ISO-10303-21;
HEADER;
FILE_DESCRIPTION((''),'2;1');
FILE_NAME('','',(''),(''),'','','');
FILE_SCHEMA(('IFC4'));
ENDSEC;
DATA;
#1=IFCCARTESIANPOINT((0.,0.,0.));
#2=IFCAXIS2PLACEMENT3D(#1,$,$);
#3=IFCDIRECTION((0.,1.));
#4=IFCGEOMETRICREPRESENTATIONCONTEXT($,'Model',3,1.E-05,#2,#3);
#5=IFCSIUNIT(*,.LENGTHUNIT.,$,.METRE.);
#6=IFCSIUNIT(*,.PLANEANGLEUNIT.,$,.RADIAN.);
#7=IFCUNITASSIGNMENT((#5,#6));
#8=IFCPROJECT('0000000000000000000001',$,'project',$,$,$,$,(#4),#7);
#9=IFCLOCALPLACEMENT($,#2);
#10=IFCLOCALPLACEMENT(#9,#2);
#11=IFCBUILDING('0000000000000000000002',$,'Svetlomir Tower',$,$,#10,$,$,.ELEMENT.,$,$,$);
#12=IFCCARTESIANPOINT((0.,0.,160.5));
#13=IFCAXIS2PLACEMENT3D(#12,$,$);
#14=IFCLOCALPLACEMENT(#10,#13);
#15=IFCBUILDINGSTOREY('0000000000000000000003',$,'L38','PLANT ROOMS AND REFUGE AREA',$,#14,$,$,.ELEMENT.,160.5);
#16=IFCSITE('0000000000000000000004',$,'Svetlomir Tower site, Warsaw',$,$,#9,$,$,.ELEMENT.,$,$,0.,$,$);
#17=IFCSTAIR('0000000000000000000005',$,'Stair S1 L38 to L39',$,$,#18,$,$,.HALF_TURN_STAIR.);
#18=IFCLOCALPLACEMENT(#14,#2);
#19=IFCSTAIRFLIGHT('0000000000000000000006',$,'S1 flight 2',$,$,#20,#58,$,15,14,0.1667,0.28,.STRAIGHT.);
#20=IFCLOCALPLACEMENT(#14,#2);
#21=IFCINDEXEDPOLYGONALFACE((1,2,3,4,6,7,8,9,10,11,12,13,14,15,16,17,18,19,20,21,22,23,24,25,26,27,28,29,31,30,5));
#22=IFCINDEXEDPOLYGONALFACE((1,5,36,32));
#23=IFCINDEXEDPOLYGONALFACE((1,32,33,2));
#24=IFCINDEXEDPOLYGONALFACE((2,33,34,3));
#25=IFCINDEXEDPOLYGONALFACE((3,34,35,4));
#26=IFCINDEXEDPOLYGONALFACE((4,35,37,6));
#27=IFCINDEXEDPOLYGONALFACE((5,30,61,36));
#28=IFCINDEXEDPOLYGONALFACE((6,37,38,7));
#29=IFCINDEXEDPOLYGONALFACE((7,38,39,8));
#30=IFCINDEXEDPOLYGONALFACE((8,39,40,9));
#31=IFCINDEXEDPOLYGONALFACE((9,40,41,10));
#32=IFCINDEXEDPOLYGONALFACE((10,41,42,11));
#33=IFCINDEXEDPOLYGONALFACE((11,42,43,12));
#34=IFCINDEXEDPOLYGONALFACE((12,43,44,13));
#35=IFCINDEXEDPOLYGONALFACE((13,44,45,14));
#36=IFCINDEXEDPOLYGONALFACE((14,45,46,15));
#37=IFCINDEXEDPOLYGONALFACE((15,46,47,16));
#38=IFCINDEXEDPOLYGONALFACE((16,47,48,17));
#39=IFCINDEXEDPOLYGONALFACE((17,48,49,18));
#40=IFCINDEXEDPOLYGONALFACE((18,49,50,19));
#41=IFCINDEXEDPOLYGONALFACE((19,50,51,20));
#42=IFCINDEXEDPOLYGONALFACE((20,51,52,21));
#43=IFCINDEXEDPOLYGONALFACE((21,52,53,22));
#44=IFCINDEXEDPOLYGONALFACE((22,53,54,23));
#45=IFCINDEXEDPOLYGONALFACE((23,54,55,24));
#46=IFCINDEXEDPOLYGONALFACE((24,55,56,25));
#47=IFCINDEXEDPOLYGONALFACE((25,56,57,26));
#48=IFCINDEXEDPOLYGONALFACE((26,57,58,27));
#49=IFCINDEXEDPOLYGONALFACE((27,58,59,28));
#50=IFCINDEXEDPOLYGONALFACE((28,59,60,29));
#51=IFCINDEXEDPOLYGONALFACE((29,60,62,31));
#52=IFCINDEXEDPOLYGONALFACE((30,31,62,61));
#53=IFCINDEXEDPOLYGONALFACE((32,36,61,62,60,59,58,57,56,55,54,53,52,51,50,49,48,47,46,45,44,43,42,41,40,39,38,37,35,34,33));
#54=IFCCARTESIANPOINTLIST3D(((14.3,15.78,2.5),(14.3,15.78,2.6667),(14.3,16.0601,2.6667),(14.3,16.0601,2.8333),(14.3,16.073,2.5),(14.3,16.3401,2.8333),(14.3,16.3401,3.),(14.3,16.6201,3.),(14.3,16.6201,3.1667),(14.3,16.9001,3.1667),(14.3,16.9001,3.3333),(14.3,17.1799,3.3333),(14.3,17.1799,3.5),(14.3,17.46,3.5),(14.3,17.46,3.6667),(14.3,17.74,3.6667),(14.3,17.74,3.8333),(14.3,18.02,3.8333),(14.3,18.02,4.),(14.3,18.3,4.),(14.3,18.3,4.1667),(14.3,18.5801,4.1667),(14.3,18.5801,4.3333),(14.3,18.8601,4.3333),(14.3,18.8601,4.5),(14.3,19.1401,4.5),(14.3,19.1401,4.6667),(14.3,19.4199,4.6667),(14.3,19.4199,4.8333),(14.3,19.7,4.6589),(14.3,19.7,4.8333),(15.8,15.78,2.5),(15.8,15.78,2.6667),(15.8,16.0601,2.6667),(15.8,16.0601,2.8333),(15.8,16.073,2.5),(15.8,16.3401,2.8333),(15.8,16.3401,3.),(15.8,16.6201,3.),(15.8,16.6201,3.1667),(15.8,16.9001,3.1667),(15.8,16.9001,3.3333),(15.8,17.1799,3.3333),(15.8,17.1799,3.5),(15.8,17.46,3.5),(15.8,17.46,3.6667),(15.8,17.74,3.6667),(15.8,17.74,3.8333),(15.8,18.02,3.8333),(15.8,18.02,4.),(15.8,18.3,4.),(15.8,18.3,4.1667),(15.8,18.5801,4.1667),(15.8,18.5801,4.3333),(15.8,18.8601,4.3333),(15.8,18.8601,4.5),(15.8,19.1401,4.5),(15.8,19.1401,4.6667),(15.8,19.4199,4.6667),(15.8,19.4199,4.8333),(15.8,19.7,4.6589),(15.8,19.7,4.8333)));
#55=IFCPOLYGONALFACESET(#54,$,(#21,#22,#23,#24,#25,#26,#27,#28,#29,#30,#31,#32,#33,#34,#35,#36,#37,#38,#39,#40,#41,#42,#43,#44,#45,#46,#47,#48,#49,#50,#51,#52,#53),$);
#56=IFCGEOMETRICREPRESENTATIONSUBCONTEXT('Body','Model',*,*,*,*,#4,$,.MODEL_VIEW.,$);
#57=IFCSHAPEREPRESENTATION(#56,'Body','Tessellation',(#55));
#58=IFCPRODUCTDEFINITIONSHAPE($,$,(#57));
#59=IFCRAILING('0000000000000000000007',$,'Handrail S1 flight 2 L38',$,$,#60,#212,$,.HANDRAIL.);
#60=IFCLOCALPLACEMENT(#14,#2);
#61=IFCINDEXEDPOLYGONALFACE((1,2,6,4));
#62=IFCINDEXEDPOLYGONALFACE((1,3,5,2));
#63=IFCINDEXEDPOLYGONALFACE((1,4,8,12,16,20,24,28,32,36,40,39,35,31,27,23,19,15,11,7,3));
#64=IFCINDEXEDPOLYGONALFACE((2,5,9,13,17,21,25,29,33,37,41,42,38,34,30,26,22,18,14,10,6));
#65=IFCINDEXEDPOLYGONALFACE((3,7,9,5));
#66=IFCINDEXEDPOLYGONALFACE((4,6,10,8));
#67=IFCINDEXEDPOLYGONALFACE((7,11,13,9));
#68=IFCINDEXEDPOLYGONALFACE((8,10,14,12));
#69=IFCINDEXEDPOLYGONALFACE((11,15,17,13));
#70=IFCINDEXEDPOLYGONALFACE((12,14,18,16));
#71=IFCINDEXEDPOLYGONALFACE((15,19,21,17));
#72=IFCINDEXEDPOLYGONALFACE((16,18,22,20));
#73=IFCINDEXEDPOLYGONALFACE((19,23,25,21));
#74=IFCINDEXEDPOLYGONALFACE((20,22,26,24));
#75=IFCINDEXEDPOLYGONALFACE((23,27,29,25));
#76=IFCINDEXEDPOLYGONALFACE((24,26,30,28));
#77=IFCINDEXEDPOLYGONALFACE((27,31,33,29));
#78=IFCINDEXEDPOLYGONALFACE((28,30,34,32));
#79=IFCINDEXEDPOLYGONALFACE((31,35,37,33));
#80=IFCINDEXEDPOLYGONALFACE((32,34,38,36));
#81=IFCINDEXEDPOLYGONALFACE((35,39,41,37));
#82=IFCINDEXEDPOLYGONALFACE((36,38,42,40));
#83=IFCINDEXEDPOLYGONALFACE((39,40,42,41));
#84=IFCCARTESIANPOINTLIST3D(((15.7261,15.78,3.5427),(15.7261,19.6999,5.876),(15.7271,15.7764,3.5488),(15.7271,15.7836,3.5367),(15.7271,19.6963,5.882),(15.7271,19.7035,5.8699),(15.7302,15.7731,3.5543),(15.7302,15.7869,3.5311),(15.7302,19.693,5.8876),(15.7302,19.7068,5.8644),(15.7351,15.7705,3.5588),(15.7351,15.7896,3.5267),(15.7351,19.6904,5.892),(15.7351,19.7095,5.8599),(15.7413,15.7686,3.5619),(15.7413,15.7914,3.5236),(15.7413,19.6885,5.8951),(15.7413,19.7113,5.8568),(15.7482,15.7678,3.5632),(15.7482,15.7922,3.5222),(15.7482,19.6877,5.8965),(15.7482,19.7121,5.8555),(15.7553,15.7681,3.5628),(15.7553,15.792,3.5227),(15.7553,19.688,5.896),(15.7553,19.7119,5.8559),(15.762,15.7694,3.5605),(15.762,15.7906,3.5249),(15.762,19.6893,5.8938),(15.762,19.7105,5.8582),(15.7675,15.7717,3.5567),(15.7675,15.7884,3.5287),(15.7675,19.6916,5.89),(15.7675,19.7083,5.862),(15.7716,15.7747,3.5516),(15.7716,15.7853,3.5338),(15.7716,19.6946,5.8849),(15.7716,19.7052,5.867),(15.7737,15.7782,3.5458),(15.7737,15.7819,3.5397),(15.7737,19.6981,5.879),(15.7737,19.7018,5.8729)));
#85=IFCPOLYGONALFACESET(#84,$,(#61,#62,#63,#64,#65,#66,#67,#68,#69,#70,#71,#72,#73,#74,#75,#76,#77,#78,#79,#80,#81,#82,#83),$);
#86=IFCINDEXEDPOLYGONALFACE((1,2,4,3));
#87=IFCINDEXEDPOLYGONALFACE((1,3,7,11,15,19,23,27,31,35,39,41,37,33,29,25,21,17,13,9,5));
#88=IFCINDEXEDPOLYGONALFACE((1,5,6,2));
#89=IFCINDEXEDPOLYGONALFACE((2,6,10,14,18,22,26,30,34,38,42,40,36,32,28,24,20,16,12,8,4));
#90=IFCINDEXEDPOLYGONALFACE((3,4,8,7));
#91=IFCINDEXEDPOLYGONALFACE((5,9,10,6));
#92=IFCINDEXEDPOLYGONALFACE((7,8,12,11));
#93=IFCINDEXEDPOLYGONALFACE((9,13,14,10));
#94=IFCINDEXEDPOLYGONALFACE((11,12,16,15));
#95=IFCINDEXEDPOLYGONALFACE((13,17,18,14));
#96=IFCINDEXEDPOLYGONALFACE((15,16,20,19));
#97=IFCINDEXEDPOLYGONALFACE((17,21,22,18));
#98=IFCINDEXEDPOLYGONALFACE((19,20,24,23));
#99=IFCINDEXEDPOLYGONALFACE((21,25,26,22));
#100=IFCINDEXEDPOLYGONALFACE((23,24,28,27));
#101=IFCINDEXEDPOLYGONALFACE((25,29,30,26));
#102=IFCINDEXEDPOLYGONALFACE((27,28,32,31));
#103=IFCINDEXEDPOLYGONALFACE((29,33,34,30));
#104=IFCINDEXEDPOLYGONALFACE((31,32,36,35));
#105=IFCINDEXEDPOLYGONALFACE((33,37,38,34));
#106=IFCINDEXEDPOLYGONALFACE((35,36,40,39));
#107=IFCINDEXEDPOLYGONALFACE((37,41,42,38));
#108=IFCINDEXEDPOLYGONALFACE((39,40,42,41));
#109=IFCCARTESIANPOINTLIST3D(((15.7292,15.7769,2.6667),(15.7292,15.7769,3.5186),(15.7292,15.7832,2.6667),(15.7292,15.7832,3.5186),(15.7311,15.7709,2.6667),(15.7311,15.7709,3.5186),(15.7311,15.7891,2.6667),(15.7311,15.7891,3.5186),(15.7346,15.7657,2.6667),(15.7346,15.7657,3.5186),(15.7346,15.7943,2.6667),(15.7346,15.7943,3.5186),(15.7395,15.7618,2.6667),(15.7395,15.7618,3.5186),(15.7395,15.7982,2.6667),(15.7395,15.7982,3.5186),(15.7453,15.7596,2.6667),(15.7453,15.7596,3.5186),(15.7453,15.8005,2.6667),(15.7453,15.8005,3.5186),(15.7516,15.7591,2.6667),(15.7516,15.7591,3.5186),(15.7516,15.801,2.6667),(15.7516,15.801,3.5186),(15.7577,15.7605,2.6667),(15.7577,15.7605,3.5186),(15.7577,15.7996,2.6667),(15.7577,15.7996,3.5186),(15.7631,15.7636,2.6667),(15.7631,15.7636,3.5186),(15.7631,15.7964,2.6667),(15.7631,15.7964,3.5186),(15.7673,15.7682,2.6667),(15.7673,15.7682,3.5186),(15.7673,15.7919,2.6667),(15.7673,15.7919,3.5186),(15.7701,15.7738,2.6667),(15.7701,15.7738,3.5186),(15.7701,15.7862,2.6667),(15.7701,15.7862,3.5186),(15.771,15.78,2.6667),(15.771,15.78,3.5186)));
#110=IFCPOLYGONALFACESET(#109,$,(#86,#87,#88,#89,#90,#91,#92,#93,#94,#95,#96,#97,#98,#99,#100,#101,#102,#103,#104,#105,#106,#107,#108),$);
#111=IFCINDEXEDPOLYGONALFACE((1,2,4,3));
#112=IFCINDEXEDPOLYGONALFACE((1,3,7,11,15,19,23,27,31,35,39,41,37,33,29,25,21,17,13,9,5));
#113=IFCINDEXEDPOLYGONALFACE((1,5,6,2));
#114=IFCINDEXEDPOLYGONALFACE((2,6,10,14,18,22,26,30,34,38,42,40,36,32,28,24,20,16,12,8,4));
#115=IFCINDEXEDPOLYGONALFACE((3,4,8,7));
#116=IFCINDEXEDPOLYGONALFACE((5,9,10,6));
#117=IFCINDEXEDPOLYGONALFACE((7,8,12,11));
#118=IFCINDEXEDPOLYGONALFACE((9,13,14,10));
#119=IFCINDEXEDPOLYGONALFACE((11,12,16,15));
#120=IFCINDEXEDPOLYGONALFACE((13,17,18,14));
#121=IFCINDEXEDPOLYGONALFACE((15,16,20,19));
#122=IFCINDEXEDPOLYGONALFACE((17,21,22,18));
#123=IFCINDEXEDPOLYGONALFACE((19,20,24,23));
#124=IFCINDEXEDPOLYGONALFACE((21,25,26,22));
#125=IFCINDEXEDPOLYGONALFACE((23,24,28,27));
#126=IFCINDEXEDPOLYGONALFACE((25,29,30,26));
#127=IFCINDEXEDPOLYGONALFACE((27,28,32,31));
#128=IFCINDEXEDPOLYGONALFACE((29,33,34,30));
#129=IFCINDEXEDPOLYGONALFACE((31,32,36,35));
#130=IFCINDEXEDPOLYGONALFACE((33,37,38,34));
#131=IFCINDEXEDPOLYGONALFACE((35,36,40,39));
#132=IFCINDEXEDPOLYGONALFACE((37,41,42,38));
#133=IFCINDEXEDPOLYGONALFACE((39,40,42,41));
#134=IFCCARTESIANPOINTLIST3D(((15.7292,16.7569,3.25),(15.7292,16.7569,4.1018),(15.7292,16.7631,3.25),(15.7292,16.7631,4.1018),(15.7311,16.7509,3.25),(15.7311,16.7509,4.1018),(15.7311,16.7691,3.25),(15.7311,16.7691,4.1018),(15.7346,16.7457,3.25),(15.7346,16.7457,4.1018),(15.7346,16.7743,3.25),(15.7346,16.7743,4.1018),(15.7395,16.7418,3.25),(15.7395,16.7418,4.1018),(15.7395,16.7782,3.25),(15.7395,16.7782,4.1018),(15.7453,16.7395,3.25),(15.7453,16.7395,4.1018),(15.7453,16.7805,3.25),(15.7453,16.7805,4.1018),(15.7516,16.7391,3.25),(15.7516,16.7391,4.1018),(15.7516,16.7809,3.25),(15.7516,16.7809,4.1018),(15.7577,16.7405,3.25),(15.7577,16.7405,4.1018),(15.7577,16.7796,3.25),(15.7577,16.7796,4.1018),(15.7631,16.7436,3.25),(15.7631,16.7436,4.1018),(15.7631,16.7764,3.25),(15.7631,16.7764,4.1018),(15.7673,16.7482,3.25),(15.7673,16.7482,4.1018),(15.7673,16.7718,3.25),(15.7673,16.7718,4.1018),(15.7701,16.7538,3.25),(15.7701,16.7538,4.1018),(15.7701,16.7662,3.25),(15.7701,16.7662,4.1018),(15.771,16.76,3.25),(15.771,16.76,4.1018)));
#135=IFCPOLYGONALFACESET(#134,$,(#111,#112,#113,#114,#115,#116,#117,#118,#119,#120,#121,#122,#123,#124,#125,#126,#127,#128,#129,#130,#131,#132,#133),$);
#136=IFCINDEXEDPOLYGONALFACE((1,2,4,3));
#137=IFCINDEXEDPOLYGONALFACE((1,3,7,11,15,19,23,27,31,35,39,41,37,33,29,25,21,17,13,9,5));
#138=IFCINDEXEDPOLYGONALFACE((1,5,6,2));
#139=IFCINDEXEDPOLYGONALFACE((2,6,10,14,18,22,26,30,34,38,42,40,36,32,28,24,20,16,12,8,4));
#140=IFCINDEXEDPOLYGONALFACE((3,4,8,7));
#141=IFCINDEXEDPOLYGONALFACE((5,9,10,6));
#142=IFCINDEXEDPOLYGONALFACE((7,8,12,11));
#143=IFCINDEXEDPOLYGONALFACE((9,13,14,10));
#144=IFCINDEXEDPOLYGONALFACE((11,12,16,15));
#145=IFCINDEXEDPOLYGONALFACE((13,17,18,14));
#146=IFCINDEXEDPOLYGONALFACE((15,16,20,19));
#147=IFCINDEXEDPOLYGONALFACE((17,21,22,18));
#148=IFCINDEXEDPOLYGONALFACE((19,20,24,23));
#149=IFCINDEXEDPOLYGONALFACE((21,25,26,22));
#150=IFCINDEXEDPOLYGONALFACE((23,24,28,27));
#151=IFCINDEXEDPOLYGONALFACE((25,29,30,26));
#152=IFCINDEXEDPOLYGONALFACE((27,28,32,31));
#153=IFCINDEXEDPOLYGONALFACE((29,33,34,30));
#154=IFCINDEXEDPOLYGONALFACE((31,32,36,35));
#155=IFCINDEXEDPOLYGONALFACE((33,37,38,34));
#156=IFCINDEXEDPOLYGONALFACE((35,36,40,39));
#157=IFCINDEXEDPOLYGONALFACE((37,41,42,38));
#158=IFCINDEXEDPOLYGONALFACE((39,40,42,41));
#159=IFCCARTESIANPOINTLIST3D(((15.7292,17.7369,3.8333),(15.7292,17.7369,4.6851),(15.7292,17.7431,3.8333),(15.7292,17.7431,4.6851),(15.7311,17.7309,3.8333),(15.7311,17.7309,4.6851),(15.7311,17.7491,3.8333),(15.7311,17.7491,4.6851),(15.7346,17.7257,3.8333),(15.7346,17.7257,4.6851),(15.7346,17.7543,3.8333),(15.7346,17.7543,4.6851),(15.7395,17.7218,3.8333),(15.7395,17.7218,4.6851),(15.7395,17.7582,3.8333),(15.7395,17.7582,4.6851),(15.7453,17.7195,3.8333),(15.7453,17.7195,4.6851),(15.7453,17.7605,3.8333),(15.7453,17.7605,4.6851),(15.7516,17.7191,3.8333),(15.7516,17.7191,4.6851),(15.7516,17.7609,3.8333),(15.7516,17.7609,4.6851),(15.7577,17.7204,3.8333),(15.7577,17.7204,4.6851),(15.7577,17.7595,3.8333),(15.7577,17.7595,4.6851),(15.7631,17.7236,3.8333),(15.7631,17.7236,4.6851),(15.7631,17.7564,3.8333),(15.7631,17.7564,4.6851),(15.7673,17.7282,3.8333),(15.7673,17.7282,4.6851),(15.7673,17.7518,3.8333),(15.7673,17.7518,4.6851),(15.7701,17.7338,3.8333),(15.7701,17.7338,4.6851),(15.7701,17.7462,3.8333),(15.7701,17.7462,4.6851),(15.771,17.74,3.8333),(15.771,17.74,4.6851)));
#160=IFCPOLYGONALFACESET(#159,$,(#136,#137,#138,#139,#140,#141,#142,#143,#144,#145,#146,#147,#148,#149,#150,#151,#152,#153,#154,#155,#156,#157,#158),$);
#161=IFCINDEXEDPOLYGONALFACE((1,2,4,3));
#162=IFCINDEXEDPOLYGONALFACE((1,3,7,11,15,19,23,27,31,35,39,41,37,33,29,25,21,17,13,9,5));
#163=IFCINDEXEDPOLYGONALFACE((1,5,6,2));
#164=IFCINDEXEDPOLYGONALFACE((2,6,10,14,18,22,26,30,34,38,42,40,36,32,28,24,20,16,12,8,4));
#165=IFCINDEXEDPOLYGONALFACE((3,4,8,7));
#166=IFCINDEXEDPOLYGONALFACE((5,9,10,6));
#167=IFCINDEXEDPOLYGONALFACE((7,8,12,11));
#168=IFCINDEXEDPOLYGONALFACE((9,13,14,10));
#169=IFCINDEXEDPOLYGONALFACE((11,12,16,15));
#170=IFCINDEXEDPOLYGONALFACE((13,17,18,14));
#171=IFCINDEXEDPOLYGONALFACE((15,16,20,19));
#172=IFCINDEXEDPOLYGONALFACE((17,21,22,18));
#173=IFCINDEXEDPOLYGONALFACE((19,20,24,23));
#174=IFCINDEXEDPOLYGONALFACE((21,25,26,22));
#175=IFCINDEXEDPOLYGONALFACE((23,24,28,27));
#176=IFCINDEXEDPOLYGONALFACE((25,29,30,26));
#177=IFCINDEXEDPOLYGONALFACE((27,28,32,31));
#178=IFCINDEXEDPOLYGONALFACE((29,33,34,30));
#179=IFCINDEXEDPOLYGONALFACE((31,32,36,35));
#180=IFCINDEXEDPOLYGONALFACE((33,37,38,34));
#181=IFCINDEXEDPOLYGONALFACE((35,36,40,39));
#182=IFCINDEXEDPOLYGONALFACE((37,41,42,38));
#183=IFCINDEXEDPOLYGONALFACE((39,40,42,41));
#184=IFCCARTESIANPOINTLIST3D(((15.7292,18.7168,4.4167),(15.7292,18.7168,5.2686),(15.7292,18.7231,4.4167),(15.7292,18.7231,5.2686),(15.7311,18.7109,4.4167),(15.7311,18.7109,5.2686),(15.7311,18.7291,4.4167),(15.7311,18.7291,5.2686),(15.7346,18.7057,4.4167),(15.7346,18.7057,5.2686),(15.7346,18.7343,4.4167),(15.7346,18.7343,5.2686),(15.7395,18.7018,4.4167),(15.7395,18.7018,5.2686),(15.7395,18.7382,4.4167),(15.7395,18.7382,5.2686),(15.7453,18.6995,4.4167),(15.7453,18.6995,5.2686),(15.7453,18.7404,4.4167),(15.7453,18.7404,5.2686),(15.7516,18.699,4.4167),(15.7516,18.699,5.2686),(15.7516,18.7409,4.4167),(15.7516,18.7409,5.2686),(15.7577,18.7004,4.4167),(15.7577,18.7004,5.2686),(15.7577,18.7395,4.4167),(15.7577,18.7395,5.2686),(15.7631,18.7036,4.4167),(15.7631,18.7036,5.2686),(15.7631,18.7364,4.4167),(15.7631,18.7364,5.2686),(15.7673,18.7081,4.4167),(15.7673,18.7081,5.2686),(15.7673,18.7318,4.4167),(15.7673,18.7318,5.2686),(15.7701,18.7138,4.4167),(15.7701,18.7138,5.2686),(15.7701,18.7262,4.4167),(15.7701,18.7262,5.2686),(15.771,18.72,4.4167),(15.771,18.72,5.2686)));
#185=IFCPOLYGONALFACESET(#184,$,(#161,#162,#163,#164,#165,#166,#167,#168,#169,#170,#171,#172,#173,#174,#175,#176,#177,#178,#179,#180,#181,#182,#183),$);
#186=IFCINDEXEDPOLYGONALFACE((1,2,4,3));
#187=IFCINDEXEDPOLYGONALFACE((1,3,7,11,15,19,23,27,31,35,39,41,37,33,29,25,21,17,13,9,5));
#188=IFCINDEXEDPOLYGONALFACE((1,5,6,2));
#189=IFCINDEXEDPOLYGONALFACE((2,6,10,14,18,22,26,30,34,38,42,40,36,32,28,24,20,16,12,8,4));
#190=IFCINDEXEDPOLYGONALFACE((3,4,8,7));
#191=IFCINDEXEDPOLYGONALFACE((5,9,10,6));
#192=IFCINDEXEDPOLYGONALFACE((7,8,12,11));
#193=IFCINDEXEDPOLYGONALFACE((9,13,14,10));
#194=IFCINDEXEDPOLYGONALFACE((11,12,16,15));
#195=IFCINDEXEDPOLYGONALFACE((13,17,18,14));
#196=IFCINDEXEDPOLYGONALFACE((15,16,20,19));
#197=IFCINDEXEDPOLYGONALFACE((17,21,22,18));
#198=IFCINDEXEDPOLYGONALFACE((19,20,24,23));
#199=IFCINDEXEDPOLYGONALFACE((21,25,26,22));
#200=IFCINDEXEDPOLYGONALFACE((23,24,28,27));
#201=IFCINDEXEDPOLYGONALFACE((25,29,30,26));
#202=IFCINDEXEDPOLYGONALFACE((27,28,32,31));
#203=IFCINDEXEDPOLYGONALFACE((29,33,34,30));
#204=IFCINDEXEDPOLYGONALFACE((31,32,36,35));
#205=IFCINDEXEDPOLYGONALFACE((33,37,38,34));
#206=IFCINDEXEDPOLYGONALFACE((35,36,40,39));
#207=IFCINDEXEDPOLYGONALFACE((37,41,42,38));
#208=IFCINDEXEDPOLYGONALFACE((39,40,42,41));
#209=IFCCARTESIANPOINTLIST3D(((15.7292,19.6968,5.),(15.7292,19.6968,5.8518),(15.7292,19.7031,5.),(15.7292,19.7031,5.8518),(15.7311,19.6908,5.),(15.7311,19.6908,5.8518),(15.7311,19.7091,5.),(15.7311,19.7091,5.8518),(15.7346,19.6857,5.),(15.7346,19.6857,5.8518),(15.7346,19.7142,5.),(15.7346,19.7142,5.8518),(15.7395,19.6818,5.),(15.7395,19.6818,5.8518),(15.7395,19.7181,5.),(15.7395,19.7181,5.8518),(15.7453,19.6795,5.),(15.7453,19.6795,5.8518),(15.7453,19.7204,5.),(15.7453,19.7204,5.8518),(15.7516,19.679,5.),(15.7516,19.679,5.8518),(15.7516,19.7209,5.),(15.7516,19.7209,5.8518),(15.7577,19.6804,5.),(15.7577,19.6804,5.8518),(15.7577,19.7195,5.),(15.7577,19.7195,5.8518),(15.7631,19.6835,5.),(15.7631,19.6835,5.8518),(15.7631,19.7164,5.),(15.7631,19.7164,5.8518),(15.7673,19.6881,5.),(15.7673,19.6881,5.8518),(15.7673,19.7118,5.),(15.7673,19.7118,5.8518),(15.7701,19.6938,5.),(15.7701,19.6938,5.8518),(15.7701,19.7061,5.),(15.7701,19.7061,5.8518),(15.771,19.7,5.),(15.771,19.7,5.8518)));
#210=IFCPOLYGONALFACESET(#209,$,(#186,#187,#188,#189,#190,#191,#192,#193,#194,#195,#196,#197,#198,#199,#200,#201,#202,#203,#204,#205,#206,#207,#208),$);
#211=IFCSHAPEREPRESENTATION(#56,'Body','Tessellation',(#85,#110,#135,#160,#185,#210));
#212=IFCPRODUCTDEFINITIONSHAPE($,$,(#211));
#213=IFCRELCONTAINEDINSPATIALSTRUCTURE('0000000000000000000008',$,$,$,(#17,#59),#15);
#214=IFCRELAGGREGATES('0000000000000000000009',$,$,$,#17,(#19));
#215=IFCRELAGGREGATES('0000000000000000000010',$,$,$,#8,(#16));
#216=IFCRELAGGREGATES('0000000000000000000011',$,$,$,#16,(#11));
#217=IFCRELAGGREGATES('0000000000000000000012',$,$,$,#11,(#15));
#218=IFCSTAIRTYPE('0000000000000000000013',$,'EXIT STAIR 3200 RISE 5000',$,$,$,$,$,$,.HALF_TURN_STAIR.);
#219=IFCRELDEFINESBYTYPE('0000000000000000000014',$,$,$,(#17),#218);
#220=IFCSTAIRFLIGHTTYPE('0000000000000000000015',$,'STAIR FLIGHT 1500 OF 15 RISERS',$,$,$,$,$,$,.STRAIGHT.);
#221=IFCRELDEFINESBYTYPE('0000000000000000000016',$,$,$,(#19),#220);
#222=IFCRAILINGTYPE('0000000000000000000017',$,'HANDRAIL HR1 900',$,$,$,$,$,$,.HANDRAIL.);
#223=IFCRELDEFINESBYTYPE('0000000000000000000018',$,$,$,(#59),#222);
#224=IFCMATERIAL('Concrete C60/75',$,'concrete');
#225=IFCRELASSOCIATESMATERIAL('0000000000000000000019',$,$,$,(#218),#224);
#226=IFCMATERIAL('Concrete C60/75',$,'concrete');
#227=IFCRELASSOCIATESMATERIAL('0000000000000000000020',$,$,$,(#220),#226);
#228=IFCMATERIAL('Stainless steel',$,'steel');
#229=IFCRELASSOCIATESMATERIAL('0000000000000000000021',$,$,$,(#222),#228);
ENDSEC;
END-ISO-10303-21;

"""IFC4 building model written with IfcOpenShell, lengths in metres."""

from ifc_helpers import new_model, si_unit, direction, frame, origin, origin_2d, place, context, subcontext, project, spatial, polyline, circle, outline, extrude, material, type_object, element, aggregate, save


model = new_model("IFC4")

# Units and contexts
model_context = context("Model", 3, precision=1e-05, world=origin(), true_north=direction((0.0, 1.0)))
body_context = subcontext(model_context, "Body", "Model", "MODEL_VIEW")
ifc_project = project(units=[si_unit("LENGTHUNIT", "METRE"), si_unit("PLANEANGLEUNIT", "RADIAN")], contexts=[model_context])

# Site, building, storey
site_placement = place(None, origin())
site = spatial("IfcSite", under=ifc_project, at=site_placement, Name="Svetlomir Tower site, Warsaw", CompositionType="ELEMENT", RefElevation=0.0)
building_placement = place(site_placement, origin())
building = spatial("IfcBuilding", under=site, at=building_placement, Name="Svetlomir Tower", CompositionType="ELEMENT")
storey_placement = place(building_placement, frame((0.0, 0.0, 160.5)))
storey = spatial("IfcBuildingStorey", under=building, at=storey_placement, Name="L38", Description="PLANT ROOMS AND REFUGE AREA", CompositionType="ELEMENT", Elevation=160.5)

# Stair, stair flight
ifc_material_1 = material(Name="Concrete C60/75", Category="concrete")
stair_type = type_object("IfcStairType", Name="EXIT STAIR 3200 RISE 5000", PredefinedType="HALF_TURN_STAIR", material=ifc_material_1)
stair_placement = place(storey_placement, origin())
stair = element("IfcStair", 1, at=stair_placement, inside=storey, type_object=stair_type, Name="Stair S1 L38 to L39", PredefinedType="HALF_TURN_STAIR")
ifc_material_2 = material(Name="Concrete C60/75", Category="concrete")
stair_flight_type = type_object("IfcStairFlightType", Name="STAIR FLIGHT 1500 OF 15 RISERS", PredefinedType="STRAIGHT", material=ifc_material_2)
stair_flight_placement = place(storey_placement, frame((15.05, 15.78, 2.5), z_axis=(0.0, 0.0, 1.0), x_axis=(0.0, 1.0, 0.0)))
stair_flight = element("IfcStairFlight", 2, at=stair_flight_placement, type_object=stair_flight_type, Name="S1 flight 2", NumberOfRisers=15, NumberOfTreads=14, PredefinedType="STRAIGHT", RiserHeight=0.1667, TreadLength=0.28, context=body_context, shape_type="SweptSolid", body=[
    extrude(outline(polyline([(0.0, 0.0), (0.0, 0.1667), (0.28, 0.1667), (0.28, 0.3333), (0.5601, 0.3333), (0.5601, 0.5), (0.8401, 0.5), (0.8401, 0.6667), (1.1201, 0.6667), (1.1201, 0.8333), (1.3999, 0.8333), (1.3999, 1.0), (1.6799, 1.0), (1.6799, 1.1667), (1.96, 1.1667), (1.96, 1.3333), (2.24, 1.3333), (2.24, 1.5), (2.52, 1.5), (2.52, 1.6667), (2.8, 1.6667), (2.8, 1.8333), (3.0801, 1.8333), (3.0801, 2.0), (3.3601, 2.0), (3.3601, 2.1667), (3.6399, 2.1667), (3.6399, 2.3333), (3.9199, 2.3333), (3.9199, 2.5), (3.9199, 2.1589), (0.293, 0.0), (0.0, 0.0)])), frame((0.0, 0.75, 0.0), z_axis=(0.0, -1.0, 0.0), x_axis=(1.0, 0.0, 0.0)), (0.0, 0.0, 1.0), 1.5),
])
aggregate(stair, [stair_flight])

# Railing
ifc_material_3 = material(Name="Stainless steel", Category="steel")
railing_type_1 = type_object("IfcRailingType", Name="HANDRAIL HR1 900", PredefinedType="HANDRAIL", material=ifc_material_3)
railing_1_placement = place(storey_placement, frame((15.75, 15.78, 2.6667)))
element("IfcRailing", 3, at=railing_1_placement, inside=storey, type_object=railing_type_1, Name="Handrail S1 flight 2 L38", PredefinedType="HANDRAIL", context=body_context, shape_type="SweptSolid", body=[
    extrude(circle(Radius=0.0239, at=origin_2d()), frame((0.0, 0.0, 0.876), z_axis=(0.0, 0.859296, 0.511478), x_axis=(-1.0, 0.0, 0.0)), (0.0, 0.0, 1.0), 4.5618),
    extrude(circle(Radius=0.021, at=origin_2d()), origin(), (0.0, 0.0, 1.0), 0.8518),
    extrude(circle(Radius=0.021, at=origin_2d()), frame((0.0, 0.98, 0.5833)), (0.0, 0.0, 1.0), 0.8518),
    extrude(circle(Radius=0.021, at=origin_2d()), frame((0.0, 1.96, 1.1665)), (0.0, 0.0, 1.0), 0.8518),
    extrude(circle(Radius=0.021, at=origin_2d()), frame((0.0, 2.9399, 1.75)), (0.0, 0.0, 1.0), 0.8518),
    extrude(circle(Radius=0.021, at=origin_2d()), frame((0.0, 3.9199, 2.3333)), (0.0, 0.0, 1.0), 0.8518),
])

save(model, "model.ifc")
